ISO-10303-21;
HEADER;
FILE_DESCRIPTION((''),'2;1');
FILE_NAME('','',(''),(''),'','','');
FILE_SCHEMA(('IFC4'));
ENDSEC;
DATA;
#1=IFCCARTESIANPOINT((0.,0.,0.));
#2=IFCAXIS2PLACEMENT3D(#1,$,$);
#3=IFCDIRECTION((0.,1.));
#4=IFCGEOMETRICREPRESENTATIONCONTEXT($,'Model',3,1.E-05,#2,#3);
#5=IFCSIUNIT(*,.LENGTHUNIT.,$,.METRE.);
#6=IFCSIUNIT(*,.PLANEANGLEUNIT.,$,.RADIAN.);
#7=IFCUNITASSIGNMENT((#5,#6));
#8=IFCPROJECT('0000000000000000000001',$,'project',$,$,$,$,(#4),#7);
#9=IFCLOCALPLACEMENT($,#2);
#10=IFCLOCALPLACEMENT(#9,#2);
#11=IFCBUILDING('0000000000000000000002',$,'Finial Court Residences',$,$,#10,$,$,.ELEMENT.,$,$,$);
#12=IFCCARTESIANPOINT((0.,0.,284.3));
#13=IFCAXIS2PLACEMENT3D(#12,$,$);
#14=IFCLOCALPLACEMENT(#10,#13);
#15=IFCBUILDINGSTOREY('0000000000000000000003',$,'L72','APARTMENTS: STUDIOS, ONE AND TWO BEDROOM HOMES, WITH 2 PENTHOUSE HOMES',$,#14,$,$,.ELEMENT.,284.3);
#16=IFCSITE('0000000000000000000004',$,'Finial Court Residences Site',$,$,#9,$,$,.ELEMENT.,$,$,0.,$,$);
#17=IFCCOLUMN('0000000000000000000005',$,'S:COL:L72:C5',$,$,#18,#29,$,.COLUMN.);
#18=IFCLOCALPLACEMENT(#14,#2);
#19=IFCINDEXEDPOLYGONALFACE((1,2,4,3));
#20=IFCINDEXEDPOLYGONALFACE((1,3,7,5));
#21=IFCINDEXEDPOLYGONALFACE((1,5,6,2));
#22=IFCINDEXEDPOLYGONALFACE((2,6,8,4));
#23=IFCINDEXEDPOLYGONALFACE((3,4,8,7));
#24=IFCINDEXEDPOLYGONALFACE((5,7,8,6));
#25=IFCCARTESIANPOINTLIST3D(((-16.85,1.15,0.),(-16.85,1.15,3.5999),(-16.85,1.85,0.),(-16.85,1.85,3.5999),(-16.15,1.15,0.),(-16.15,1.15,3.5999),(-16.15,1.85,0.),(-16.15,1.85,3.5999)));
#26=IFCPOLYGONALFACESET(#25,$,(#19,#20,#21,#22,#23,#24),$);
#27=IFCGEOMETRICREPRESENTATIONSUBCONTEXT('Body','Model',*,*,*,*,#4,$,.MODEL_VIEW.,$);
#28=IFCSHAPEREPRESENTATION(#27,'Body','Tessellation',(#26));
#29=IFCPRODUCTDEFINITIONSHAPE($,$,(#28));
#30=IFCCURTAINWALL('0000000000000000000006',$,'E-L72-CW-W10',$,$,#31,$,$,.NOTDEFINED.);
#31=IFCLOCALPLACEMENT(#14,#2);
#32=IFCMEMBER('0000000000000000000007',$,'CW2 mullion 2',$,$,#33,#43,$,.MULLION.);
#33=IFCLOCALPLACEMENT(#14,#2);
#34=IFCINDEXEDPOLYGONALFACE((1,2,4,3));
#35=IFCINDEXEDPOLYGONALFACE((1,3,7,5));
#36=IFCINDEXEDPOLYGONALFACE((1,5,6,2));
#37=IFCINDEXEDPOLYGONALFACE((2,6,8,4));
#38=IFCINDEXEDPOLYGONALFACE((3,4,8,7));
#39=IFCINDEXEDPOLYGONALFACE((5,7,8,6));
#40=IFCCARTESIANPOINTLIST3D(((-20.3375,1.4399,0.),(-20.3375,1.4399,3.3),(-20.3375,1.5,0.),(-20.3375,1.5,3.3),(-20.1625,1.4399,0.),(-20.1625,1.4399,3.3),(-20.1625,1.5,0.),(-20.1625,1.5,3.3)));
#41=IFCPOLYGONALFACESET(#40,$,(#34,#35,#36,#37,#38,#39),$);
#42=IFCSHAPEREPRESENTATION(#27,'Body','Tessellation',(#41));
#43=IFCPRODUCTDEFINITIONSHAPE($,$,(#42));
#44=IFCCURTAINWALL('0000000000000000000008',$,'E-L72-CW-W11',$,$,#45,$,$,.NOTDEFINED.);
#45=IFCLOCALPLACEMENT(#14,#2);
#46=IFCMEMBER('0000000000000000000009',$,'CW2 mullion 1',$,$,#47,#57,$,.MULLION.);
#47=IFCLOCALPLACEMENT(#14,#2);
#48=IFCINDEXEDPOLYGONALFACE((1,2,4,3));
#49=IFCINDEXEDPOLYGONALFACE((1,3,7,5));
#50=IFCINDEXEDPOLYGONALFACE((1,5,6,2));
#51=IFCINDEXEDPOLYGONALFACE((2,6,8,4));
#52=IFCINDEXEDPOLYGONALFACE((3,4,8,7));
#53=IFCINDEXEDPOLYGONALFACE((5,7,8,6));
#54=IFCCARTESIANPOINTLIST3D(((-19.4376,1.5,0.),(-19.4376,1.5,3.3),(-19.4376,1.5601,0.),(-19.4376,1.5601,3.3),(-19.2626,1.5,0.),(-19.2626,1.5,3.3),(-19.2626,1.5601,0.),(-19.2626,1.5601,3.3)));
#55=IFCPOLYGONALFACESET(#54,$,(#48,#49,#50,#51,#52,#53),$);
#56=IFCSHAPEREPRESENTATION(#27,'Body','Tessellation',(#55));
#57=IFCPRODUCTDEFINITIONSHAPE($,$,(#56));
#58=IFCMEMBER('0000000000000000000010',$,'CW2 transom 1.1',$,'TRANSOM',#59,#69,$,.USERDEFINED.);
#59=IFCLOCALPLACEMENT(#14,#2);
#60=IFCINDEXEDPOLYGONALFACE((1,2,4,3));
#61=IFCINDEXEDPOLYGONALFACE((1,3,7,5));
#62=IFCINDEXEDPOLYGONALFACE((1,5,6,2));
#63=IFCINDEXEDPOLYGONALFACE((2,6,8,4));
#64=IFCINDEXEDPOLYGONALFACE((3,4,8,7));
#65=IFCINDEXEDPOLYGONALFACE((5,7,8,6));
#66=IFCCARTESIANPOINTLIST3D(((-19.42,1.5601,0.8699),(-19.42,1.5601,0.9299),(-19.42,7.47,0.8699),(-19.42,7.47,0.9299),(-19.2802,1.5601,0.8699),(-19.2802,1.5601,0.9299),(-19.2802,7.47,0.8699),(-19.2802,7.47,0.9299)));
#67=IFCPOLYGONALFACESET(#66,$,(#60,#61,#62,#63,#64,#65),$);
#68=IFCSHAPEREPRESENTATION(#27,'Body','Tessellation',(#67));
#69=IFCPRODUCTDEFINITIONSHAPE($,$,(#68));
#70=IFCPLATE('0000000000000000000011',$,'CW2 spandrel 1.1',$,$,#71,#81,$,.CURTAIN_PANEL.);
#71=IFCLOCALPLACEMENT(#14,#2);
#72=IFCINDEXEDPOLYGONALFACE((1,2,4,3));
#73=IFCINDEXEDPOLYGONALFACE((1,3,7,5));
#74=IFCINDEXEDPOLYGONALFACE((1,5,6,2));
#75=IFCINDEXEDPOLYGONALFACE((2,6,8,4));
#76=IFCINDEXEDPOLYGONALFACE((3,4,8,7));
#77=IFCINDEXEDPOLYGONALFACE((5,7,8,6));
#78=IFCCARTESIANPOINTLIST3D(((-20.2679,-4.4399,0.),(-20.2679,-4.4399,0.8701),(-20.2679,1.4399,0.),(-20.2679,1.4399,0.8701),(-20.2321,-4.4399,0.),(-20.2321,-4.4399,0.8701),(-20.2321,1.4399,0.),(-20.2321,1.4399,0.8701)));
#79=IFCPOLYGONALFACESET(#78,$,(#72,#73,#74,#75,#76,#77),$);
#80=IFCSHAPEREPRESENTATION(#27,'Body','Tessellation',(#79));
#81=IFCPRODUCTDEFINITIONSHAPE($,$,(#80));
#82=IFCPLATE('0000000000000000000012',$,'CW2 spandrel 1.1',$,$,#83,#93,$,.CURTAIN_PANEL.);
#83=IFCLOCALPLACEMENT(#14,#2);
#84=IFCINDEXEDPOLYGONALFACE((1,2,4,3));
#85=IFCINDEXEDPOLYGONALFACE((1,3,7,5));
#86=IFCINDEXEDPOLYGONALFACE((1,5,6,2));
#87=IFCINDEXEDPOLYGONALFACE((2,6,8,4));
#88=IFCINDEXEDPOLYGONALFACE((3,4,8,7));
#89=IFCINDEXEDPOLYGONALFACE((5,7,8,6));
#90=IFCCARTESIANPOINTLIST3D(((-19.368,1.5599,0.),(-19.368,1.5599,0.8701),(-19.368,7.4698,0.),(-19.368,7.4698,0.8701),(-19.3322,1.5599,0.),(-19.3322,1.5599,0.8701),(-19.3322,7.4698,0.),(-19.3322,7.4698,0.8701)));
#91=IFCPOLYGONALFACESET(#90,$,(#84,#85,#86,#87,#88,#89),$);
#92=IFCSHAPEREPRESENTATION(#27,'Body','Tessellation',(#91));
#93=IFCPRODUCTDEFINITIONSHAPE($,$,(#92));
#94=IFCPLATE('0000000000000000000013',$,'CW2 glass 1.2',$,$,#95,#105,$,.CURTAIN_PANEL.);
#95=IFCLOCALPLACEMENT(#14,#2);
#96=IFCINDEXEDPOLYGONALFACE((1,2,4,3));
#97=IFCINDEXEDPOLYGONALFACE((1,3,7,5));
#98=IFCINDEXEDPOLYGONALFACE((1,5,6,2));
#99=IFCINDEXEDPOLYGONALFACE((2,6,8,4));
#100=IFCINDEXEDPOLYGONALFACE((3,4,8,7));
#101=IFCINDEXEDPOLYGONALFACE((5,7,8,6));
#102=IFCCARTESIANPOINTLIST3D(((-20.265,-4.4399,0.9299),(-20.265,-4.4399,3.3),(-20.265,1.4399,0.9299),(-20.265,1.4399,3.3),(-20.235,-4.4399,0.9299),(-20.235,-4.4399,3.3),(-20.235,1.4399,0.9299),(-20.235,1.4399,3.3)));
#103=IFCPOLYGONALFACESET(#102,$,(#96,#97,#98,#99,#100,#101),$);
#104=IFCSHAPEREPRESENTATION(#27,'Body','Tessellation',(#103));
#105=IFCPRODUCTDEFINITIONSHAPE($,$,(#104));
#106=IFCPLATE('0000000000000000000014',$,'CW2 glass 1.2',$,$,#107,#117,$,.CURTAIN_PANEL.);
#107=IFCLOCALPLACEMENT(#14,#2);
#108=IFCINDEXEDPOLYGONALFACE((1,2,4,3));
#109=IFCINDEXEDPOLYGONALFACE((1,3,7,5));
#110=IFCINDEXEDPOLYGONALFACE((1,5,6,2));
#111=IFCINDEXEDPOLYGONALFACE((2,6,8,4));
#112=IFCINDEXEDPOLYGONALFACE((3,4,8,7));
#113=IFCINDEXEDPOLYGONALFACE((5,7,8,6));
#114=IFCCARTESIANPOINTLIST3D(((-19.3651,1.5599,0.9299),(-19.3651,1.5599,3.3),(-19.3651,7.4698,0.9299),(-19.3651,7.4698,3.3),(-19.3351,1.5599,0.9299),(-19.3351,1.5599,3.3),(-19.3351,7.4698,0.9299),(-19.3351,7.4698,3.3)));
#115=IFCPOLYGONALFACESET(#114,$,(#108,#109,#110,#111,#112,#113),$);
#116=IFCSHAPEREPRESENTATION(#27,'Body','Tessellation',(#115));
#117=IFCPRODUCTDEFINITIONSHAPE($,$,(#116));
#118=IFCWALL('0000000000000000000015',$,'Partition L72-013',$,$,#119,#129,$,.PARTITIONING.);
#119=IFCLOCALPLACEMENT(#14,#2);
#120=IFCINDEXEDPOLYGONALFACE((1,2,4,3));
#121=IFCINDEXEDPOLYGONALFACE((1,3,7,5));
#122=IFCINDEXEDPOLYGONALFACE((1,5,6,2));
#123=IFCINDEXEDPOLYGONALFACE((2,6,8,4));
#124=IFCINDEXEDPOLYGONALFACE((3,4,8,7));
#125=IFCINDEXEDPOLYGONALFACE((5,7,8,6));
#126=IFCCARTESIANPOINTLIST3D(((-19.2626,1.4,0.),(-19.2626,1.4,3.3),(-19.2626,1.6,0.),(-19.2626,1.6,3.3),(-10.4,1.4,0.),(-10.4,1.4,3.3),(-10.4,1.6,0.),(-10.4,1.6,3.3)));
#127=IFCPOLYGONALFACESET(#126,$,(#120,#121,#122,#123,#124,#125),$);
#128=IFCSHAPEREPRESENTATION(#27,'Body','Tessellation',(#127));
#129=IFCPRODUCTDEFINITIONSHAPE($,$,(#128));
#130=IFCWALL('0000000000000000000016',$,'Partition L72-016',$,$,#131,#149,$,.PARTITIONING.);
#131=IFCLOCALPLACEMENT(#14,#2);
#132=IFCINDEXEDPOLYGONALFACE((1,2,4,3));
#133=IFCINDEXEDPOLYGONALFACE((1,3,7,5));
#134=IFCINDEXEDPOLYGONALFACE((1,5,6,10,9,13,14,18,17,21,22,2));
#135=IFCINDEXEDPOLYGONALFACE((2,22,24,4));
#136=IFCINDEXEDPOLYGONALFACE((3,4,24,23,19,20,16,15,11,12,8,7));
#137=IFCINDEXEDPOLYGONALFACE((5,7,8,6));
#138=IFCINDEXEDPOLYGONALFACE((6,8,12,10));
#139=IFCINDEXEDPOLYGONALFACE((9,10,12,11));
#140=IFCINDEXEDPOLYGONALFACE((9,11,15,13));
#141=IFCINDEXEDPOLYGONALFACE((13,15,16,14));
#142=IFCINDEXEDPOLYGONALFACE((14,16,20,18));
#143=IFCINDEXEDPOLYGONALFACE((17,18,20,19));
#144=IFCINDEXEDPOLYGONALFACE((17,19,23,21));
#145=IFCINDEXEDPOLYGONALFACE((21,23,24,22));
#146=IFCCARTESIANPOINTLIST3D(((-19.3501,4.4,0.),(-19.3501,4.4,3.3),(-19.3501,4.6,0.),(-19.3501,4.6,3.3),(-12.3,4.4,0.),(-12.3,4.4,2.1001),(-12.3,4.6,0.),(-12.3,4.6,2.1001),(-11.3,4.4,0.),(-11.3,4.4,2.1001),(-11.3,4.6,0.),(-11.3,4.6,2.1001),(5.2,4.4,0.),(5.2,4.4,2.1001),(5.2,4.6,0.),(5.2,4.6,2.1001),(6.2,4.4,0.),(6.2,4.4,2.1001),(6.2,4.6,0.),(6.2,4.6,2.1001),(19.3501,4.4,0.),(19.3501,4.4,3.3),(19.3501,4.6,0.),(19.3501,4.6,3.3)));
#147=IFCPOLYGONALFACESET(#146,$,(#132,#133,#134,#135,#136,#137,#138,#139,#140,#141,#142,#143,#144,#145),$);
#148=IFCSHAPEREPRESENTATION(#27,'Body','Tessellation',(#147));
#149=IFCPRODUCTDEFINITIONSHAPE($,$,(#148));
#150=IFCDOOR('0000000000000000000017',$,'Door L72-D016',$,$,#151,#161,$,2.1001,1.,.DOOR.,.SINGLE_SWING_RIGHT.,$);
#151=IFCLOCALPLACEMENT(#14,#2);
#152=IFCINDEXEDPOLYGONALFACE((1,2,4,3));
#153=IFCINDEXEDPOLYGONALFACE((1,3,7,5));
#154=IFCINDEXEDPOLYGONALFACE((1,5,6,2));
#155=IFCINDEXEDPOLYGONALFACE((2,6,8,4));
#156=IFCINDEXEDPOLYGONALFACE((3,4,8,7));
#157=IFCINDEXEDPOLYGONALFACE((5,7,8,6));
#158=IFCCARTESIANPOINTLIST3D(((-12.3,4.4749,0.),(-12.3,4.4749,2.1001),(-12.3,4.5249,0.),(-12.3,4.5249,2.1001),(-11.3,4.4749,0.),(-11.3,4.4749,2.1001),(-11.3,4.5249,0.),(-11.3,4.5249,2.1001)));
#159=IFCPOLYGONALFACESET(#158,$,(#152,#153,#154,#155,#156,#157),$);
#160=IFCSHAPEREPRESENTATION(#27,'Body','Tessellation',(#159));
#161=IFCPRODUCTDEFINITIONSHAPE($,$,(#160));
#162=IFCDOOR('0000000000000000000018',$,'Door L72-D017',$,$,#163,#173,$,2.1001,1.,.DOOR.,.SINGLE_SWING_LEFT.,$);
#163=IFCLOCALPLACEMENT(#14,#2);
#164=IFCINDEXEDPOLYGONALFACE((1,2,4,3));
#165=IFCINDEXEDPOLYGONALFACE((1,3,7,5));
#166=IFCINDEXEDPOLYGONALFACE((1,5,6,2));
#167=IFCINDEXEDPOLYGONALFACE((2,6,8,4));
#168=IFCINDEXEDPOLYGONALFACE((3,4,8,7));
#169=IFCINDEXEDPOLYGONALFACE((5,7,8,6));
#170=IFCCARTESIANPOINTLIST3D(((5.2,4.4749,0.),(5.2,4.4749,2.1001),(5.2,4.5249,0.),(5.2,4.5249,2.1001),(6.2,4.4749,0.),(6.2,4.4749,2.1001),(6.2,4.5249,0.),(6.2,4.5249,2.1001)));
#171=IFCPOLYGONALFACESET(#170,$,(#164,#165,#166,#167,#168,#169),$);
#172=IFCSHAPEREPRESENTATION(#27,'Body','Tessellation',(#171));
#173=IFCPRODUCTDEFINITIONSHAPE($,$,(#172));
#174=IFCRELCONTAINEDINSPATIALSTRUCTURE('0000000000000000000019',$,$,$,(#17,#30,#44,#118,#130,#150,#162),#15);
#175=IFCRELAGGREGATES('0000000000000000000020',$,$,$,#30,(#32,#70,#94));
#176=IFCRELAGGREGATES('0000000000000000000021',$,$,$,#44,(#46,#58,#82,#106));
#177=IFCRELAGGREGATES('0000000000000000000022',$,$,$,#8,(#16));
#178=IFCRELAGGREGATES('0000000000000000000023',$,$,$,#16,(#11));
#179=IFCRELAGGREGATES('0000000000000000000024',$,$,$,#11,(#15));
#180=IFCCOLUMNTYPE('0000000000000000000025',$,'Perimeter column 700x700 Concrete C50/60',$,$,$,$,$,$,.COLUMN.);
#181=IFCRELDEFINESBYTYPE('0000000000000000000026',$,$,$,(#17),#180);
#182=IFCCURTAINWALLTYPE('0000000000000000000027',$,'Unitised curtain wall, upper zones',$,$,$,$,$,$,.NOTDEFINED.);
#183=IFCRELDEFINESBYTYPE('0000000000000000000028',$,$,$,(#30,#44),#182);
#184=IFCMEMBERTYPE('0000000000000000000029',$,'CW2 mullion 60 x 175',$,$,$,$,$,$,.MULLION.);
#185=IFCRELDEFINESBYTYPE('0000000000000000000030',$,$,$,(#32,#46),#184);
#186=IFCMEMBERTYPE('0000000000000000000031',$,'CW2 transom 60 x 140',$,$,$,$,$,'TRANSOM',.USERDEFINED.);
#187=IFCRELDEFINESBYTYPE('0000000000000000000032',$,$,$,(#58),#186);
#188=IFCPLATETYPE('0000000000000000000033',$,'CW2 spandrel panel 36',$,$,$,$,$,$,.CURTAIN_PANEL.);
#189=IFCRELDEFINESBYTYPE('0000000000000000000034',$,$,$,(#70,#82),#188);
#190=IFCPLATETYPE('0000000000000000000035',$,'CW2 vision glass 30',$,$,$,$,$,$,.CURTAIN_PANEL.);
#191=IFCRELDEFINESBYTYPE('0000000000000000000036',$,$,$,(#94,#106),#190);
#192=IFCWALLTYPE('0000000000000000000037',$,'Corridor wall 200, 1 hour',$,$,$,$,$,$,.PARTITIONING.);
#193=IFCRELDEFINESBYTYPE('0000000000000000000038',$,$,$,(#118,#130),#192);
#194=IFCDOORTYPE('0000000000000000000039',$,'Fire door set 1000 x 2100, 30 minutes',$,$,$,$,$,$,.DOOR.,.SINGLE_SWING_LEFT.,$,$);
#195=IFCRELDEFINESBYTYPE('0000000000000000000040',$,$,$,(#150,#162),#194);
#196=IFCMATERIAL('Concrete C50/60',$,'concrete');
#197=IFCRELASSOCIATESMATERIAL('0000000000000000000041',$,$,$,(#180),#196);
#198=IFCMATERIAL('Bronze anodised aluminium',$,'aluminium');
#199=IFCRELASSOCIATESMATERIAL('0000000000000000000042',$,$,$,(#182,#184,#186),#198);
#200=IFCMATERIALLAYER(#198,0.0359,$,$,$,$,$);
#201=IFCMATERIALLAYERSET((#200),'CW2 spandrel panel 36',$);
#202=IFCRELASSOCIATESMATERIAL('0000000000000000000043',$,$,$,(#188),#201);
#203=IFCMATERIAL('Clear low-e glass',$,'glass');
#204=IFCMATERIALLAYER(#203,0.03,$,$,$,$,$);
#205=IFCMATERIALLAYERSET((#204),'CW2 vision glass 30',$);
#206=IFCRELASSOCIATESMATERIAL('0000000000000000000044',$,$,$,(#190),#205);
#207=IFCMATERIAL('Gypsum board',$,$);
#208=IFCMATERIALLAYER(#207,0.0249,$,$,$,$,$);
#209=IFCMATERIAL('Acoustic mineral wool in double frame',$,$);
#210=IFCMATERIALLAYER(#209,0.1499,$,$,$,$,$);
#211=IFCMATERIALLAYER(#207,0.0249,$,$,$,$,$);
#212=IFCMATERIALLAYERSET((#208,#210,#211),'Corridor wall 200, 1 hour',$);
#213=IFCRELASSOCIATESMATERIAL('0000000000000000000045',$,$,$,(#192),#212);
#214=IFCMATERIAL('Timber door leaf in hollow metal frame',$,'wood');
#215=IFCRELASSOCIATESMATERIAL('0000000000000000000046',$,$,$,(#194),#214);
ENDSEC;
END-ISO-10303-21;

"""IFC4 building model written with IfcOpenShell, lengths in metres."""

from ifc_helpers import new_model, si_unit, direction, frame, frame_2d, origin, origin_2d, place, context, subcontext, project, spatial, rectangle, extrude, material, layer, layer_set, material_profile, profile_set, type_object, element, fill, aggregate, save


model = new_model("IFC4")

# Units and contexts
model_context = context("Model", 3, precision=1e-05, world=origin(), true_north=direction((0.0, 1.0)))
body_context = subcontext(model_context, "Body", "Model", "MODEL_VIEW")
ifc_project = project(units=[si_unit("LENGTHUNIT", "METRE"), si_unit("PLANEANGLEUNIT", "RADIAN")], contexts=[model_context])

# Site, building, storey
site_placement = place(None, origin())
site = spatial("IfcSite", under=ifc_project, at=site_placement, Name="Finial Court Residences Site", CompositionType="ELEMENT", RefElevation=0.0)
building_placement = place(site_placement, origin())
building = spatial("IfcBuilding", under=site, at=building_placement, Name="Finial Court Residences", CompositionType="ELEMENT")
storey_placement = place(building_placement, frame((0.0, 0.0, 284.3)))
storey = spatial("IfcBuildingStorey", under=building, at=storey_placement, Name="L72", Description="APARTMENTS: STUDIOS, ONE AND TWO BEDROOM HOMES, WITH 2 PENTHOUSE HOMES", CompositionType="ELEMENT", Elevation=284.3)

# Column
ifc_material_1 = material(Name="Concrete C50/60", Category="concrete")
ifc_material_profile_1 = material_profile(ifc_material_1, rectangle(XDim=0.7, YDim=0.7, at=origin_2d()), Name="700x700")
ifc_profile_set_1 = profile_set([ifc_material_profile_1], Name="Concrete C50/60")
column_type = type_object("IfcColumnType", Name="Perimeter column 700x700 Concrete C50/60", PredefinedType="COLUMN", material=ifc_profile_set_1)
column_placement = place(storey_placement, frame((-16.5, 1.5, 0.0), z_axis=(0.0, 0.0, 1.0), x_axis=(1.0, 0.0, 0.0)))
element("IfcColumn", 1, at=column_placement, inside=storey, type_object=column_type, Name="S:COL:L72:C5", PredefinedType="COLUMN", context=body_context, shape_type="SweptSolid", body=[
    extrude(rectangle(XDim=0.7, YDim=0.7, at=origin_2d()), origin(), (0.0, 0.0, 1.0), 3.5999),
])

# Curtain wall, member
ifc_material_2 = material(Name="Bronze anodised aluminium", Category="aluminium")
curtain_wall_type = type_object("IfcCurtainWallType", Name="Unitised curtain wall, upper zones", PredefinedType="NOTDEFINED", material=ifc_material_2)
curtain_wall_1_placement = place(storey_placement, origin())
curtain_wall_1 = element("IfcCurtainWall", 2, at=curtain_wall_1_placement, inside=storey, type_object=curtain_wall_type, Name="E-L72-CW-W10", PredefinedType="NOTDEFINED")
ifc_material_profile_2 = material_profile(ifc_material_2, rectangle(XDim=0.175, YDim=0.0601, at=origin_2d()), Name="CW2 mullion 60 x 175")
ifc_profile_set_2 = profile_set([ifc_material_profile_2], Name="Bronze anodised aluminium")
member_type_1 = type_object("IfcMemberType", Name="CW2 mullion 60 x 175", PredefinedType="MULLION", material=ifc_profile_set_2)
member_1_placement = place(storey_placement, frame((-20.25, 1.47, 0.0), z_axis=(0.0, 0.0, 1.0), x_axis=(-1.0, 0.0, 0.0)))
member_1 = element("IfcMember", 3, at=member_1_placement, type_object=member_type_1, Name="CW2 mullion 2", PredefinedType="MULLION", context=body_context, shape_type="SweptSolid", body=[
    extrude(rectangle(XDim=0.175, YDim=0.0601, at=origin_2d()), origin(), (0.0, 0.0, 1.0), 3.3),
])

# Curtain wall, members
curtain_wall_2_placement = place(storey_placement, origin())
curtain_wall_2 = element("IfcCurtainWall", 4, at=curtain_wall_2_placement, inside=storey, type_object=curtain_wall_type, Name="E-L72-CW-W11", PredefinedType="NOTDEFINED")
member_2_placement = place(storey_placement, frame((-19.3501, 1.53, 0.0), z_axis=(0.0, 0.0, 1.0), x_axis=(-1.0, 0.0, 0.0)))
member_2 = element("IfcMember", 5, at=member_2_placement, type_object=member_type_1, Name="CW2 mullion 1", PredefinedType="MULLION", context=body_context, shape_type="SweptSolid", body=[
    extrude(rectangle(XDim=0.175, YDim=0.0601, at=origin_2d()), origin(), (0.0, 0.0, 1.0), 3.3),
])
ifc_material_profile_3 = material_profile(ifc_material_2, rectangle(XDim=0.1399, YDim=0.0601, at=origin_2d()), Name="CW2 transom 60 x 140")
ifc_profile_set_3 = profile_set([ifc_material_profile_3], Name="Bronze anodised aluminium")
member_type_2 = type_object("IfcMemberType", Name="CW2 transom 60 x 140", ElementType="TRANSOM", PredefinedType="USERDEFINED", material=ifc_profile_set_3)
member_3_placement = place(storey_placement, frame((-19.3501, 1.5601, 0.8999), z_axis=(0.0, 1.0, 0.0), x_axis=(-1.0, 0.0, 0.0)))
member_3 = element("IfcMember", 6, at=member_3_placement, type_object=member_type_2, Name="CW2 transom 1.1", ObjectType="TRANSOM", PredefinedType="USERDEFINED", context=body_context, shape_type="SweptSolid", body=[
    extrude(rectangle(XDim=0.1399, YDim=0.0601, at=origin_2d()), origin(), (0.0, 0.0, 1.0), 5.9099),
])

# Plates
ifc_layer_1 = layer(ifc_material_2, 0.0359)
ifc_layer_set_1 = layer_set([ifc_layer_1], Name="CW2 spandrel panel 36")
plate_type_1 = type_object("IfcPlateType", Name="CW2 spandrel panel 36", PredefinedType="CURTAIN_PANEL", material=ifc_layer_set_1)
plate_1_placement = place(storey_placement, frame((-20.25, -1.5, 0.0), z_axis=(0.0, 0.0, 1.0), x_axis=(0.0, 1.0, 0.0)))
plate_1 = element("IfcPlate", 7, at=plate_1_placement, type_object=plate_type_1, Name="CW2 spandrel 1.1", PredefinedType="CURTAIN_PANEL", context=body_context, shape_type="SweptSolid", body=[
    extrude(rectangle(XDim=5.8799, YDim=0.0359, at=origin_2d()), origin(), (0.0, 0.0, 1.0), 0.8701),
])
plate_2_placement = place(storey_placement, frame((-19.3501, 4.5149, 0.0), z_axis=(0.0, 0.0, 1.0), x_axis=(0.0, 1.0, 0.0)))
plate_2 = element("IfcPlate", 8, at=plate_2_placement, type_object=plate_type_1, Name="CW2 spandrel 1.1", PredefinedType="CURTAIN_PANEL", context=body_context, shape_type="SweptSolid", body=[
    extrude(rectangle(XDim=5.9099, YDim=0.0359, at=origin_2d()), origin(), (0.0, 0.0, 1.0), 0.8701),
])
ifc_material_3 = material(Name="Clear low-e glass", Category="glass")
ifc_layer_2 = layer(ifc_material_3, 0.03)
ifc_layer_set_2 = layer_set([ifc_layer_2], Name="CW2 vision glass 30")
plate_type_2 = type_object("IfcPlateType", Name="CW2 vision glass 30", PredefinedType="CURTAIN_PANEL", material=ifc_layer_set_2)
plate_3_placement = place(storey_placement, frame((-20.25, -1.5, 0.9299), z_axis=(0.0, 0.0, 1.0), x_axis=(0.0, 1.0, 0.0)))
plate_3 = element("IfcPlate", 9, at=plate_3_placement, type_object=plate_type_2, Name="CW2 glass 1.2", PredefinedType="CURTAIN_PANEL", context=body_context, shape_type="SweptSolid", body=[
    extrude(rectangle(XDim=5.8799, YDim=0.03, at=origin_2d()), origin(), (0.0, 0.0, 1.0), 2.3701),
])
aggregate(curtain_wall_1, [member_1, plate_1, plate_3])
plate_4_placement = place(storey_placement, frame((-19.3501, 4.5149, 0.9299), z_axis=(0.0, 0.0, 1.0), x_axis=(0.0, 1.0, 0.0)))
plate_4 = element("IfcPlate", 10, at=plate_4_placement, type_object=plate_type_2, Name="CW2 glass 1.2", PredefinedType="CURTAIN_PANEL", context=body_context, shape_type="SweptSolid", body=[
    extrude(rectangle(XDim=5.9099, YDim=0.03, at=origin_2d()), origin(), (0.0, 0.0, 1.0), 2.3701),
])
aggregate(curtain_wall_2, [member_2, member_3, plate_2, plate_4])

# Wall
ifc_material_4 = material(Name="Gypsum board")
ifc_layer_3 = layer(ifc_material_4, 0.0249)
ifc_material_5 = material(Name="Acoustic mineral wool in double frame")
ifc_layer_4 = layer(ifc_material_5, 0.1499)
ifc_layer_5 = layer(ifc_material_4, 0.0249)
ifc_layer_set_3 = layer_set([ifc_layer_3, ifc_layer_4, ifc_layer_5], Name="Corridor wall 200, 1 hour")
wall_type_1 = type_object("IfcWallType", Name="Corridor wall 200, 1 hour", PredefinedType="PARTITIONING", material=ifc_layer_set_3)
wall_1_placement = place(storey_placement, frame((-19.2625, 1.5, 0.0), z_axis=(0.0, 0.0, 1.0), x_axis=(1.0, 0.0, 0.0)))
element("IfcWall", 11, at=wall_1_placement, inside=storey, type_object=wall_type_1, Name="Partition L72-013", PredefinedType="PARTITIONING", context=body_context, shape_type="SweptSolid", body=[
    extrude(rectangle(XDim=8.8625, YDim=0.2, at=frame_2d((4.4312, 0.0))), origin(), (0.0, 0.0, 1.0), 3.3),
])

# Wall, openings, doors
wall_2_placement = place(storey_placement, frame((-19.3501, 4.5, 0.0), z_axis=(0.0, 0.0, 1.0), x_axis=(1.0, 0.0, 0.0)))
wall_2 = element("IfcWall", 12, at=wall_2_placement, inside=storey, type_object=wall_type_1, Name="Partition L72-016", PredefinedType="PARTITIONING", context=body_context, shape_type="SweptSolid", body=[
    extrude(rectangle(XDim=38.7002, YDim=0.2, at=frame_2d((19.3501, 0.0))), origin(), (0.0, 0.0, 1.0), 3.3),
])
opening_1_placement = place(wall_2_placement, frame((7.05, 0.0, 0.0)))
opening_1 = element("IfcOpeningElement", 13, at=opening_1_placement, cuts=wall_2, PredefinedType="OPENING", context=body_context, shape_type="SweptSolid", body=[
    extrude(rectangle(XDim=1.0, YDim=2.1001, at=frame_2d((0.5, 1.05))), frame((0.0, 0.1099, 0.0), z_axis=(0.0, -1.0, 0.0), x_axis=(1.0, 0.0, 0.0)), (0.0, 0.0, 1.0), 0.22),
])
opening_2_placement = place(wall_2_placement, frame((24.55, 0.0, 0.0)))
opening_2 = element("IfcOpeningElement", 14, at=opening_2_placement, cuts=wall_2, PredefinedType="OPENING", context=body_context, shape_type="SweptSolid", body=[
    extrude(rectangle(XDim=1.0, YDim=2.1001, at=frame_2d((0.5, 1.05))), frame((0.0, 0.1099, 0.0), z_axis=(0.0, -1.0, 0.0), x_axis=(1.0, 0.0, 0.0)), (0.0, 0.0, 1.0), 0.22),
])
ifc_material_6 = material(Name="Timber door leaf in hollow metal frame", Category="wood")
door_type_1 = type_object("IfcDoorType", Name="Fire door set 1000 x 2100, 30 minutes", OperationType="SINGLE_SWING_LEFT", PredefinedType="DOOR", material=ifc_material_6)
door_1_placement = place(opening_1_placement, origin())
door_1 = element("IfcDoor", 15, at=door_1_placement, inside=storey, type_object=door_type_1, Name="Door L72-D016", OperationType="SINGLE_SWING_RIGHT", OverallHeight=2.1001, OverallWidth=1.0, PredefinedType="DOOR", context=body_context, shape_type="SweptSolid", body=[
    extrude(rectangle(XDim=1.0, YDim=2.1001, at=frame_2d((0.5, 1.05))), frame((0.0, 0.0249, 0.0), z_axis=(0.0, -1.0, 0.0), x_axis=(1.0, 0.0, 0.0)), (0.0, 0.0, 1.0), 0.05),
])
fill(opening_1, door_1)
door_2_placement = place(opening_2_placement, origin())
door_2 = element("IfcDoor", 16, at=door_2_placement, inside=storey, type_object=door_type_1, Name="Door L72-D017", OperationType="SINGLE_SWING_LEFT", OverallHeight=2.1001, OverallWidth=1.0, PredefinedType="DOOR", context=body_context, shape_type="SweptSolid", body=[
    extrude(rectangle(XDim=1.0, YDim=2.1001, at=frame_2d((0.5, 1.05))), frame((0.0, 0.0249, 0.0), z_axis=(0.0, -1.0, 0.0), x_axis=(1.0, 0.0, 0.0)), (0.0, 0.0, 1.0), 0.05),
])
fill(opening_2, door_2)

save(model, "model.ifc")
